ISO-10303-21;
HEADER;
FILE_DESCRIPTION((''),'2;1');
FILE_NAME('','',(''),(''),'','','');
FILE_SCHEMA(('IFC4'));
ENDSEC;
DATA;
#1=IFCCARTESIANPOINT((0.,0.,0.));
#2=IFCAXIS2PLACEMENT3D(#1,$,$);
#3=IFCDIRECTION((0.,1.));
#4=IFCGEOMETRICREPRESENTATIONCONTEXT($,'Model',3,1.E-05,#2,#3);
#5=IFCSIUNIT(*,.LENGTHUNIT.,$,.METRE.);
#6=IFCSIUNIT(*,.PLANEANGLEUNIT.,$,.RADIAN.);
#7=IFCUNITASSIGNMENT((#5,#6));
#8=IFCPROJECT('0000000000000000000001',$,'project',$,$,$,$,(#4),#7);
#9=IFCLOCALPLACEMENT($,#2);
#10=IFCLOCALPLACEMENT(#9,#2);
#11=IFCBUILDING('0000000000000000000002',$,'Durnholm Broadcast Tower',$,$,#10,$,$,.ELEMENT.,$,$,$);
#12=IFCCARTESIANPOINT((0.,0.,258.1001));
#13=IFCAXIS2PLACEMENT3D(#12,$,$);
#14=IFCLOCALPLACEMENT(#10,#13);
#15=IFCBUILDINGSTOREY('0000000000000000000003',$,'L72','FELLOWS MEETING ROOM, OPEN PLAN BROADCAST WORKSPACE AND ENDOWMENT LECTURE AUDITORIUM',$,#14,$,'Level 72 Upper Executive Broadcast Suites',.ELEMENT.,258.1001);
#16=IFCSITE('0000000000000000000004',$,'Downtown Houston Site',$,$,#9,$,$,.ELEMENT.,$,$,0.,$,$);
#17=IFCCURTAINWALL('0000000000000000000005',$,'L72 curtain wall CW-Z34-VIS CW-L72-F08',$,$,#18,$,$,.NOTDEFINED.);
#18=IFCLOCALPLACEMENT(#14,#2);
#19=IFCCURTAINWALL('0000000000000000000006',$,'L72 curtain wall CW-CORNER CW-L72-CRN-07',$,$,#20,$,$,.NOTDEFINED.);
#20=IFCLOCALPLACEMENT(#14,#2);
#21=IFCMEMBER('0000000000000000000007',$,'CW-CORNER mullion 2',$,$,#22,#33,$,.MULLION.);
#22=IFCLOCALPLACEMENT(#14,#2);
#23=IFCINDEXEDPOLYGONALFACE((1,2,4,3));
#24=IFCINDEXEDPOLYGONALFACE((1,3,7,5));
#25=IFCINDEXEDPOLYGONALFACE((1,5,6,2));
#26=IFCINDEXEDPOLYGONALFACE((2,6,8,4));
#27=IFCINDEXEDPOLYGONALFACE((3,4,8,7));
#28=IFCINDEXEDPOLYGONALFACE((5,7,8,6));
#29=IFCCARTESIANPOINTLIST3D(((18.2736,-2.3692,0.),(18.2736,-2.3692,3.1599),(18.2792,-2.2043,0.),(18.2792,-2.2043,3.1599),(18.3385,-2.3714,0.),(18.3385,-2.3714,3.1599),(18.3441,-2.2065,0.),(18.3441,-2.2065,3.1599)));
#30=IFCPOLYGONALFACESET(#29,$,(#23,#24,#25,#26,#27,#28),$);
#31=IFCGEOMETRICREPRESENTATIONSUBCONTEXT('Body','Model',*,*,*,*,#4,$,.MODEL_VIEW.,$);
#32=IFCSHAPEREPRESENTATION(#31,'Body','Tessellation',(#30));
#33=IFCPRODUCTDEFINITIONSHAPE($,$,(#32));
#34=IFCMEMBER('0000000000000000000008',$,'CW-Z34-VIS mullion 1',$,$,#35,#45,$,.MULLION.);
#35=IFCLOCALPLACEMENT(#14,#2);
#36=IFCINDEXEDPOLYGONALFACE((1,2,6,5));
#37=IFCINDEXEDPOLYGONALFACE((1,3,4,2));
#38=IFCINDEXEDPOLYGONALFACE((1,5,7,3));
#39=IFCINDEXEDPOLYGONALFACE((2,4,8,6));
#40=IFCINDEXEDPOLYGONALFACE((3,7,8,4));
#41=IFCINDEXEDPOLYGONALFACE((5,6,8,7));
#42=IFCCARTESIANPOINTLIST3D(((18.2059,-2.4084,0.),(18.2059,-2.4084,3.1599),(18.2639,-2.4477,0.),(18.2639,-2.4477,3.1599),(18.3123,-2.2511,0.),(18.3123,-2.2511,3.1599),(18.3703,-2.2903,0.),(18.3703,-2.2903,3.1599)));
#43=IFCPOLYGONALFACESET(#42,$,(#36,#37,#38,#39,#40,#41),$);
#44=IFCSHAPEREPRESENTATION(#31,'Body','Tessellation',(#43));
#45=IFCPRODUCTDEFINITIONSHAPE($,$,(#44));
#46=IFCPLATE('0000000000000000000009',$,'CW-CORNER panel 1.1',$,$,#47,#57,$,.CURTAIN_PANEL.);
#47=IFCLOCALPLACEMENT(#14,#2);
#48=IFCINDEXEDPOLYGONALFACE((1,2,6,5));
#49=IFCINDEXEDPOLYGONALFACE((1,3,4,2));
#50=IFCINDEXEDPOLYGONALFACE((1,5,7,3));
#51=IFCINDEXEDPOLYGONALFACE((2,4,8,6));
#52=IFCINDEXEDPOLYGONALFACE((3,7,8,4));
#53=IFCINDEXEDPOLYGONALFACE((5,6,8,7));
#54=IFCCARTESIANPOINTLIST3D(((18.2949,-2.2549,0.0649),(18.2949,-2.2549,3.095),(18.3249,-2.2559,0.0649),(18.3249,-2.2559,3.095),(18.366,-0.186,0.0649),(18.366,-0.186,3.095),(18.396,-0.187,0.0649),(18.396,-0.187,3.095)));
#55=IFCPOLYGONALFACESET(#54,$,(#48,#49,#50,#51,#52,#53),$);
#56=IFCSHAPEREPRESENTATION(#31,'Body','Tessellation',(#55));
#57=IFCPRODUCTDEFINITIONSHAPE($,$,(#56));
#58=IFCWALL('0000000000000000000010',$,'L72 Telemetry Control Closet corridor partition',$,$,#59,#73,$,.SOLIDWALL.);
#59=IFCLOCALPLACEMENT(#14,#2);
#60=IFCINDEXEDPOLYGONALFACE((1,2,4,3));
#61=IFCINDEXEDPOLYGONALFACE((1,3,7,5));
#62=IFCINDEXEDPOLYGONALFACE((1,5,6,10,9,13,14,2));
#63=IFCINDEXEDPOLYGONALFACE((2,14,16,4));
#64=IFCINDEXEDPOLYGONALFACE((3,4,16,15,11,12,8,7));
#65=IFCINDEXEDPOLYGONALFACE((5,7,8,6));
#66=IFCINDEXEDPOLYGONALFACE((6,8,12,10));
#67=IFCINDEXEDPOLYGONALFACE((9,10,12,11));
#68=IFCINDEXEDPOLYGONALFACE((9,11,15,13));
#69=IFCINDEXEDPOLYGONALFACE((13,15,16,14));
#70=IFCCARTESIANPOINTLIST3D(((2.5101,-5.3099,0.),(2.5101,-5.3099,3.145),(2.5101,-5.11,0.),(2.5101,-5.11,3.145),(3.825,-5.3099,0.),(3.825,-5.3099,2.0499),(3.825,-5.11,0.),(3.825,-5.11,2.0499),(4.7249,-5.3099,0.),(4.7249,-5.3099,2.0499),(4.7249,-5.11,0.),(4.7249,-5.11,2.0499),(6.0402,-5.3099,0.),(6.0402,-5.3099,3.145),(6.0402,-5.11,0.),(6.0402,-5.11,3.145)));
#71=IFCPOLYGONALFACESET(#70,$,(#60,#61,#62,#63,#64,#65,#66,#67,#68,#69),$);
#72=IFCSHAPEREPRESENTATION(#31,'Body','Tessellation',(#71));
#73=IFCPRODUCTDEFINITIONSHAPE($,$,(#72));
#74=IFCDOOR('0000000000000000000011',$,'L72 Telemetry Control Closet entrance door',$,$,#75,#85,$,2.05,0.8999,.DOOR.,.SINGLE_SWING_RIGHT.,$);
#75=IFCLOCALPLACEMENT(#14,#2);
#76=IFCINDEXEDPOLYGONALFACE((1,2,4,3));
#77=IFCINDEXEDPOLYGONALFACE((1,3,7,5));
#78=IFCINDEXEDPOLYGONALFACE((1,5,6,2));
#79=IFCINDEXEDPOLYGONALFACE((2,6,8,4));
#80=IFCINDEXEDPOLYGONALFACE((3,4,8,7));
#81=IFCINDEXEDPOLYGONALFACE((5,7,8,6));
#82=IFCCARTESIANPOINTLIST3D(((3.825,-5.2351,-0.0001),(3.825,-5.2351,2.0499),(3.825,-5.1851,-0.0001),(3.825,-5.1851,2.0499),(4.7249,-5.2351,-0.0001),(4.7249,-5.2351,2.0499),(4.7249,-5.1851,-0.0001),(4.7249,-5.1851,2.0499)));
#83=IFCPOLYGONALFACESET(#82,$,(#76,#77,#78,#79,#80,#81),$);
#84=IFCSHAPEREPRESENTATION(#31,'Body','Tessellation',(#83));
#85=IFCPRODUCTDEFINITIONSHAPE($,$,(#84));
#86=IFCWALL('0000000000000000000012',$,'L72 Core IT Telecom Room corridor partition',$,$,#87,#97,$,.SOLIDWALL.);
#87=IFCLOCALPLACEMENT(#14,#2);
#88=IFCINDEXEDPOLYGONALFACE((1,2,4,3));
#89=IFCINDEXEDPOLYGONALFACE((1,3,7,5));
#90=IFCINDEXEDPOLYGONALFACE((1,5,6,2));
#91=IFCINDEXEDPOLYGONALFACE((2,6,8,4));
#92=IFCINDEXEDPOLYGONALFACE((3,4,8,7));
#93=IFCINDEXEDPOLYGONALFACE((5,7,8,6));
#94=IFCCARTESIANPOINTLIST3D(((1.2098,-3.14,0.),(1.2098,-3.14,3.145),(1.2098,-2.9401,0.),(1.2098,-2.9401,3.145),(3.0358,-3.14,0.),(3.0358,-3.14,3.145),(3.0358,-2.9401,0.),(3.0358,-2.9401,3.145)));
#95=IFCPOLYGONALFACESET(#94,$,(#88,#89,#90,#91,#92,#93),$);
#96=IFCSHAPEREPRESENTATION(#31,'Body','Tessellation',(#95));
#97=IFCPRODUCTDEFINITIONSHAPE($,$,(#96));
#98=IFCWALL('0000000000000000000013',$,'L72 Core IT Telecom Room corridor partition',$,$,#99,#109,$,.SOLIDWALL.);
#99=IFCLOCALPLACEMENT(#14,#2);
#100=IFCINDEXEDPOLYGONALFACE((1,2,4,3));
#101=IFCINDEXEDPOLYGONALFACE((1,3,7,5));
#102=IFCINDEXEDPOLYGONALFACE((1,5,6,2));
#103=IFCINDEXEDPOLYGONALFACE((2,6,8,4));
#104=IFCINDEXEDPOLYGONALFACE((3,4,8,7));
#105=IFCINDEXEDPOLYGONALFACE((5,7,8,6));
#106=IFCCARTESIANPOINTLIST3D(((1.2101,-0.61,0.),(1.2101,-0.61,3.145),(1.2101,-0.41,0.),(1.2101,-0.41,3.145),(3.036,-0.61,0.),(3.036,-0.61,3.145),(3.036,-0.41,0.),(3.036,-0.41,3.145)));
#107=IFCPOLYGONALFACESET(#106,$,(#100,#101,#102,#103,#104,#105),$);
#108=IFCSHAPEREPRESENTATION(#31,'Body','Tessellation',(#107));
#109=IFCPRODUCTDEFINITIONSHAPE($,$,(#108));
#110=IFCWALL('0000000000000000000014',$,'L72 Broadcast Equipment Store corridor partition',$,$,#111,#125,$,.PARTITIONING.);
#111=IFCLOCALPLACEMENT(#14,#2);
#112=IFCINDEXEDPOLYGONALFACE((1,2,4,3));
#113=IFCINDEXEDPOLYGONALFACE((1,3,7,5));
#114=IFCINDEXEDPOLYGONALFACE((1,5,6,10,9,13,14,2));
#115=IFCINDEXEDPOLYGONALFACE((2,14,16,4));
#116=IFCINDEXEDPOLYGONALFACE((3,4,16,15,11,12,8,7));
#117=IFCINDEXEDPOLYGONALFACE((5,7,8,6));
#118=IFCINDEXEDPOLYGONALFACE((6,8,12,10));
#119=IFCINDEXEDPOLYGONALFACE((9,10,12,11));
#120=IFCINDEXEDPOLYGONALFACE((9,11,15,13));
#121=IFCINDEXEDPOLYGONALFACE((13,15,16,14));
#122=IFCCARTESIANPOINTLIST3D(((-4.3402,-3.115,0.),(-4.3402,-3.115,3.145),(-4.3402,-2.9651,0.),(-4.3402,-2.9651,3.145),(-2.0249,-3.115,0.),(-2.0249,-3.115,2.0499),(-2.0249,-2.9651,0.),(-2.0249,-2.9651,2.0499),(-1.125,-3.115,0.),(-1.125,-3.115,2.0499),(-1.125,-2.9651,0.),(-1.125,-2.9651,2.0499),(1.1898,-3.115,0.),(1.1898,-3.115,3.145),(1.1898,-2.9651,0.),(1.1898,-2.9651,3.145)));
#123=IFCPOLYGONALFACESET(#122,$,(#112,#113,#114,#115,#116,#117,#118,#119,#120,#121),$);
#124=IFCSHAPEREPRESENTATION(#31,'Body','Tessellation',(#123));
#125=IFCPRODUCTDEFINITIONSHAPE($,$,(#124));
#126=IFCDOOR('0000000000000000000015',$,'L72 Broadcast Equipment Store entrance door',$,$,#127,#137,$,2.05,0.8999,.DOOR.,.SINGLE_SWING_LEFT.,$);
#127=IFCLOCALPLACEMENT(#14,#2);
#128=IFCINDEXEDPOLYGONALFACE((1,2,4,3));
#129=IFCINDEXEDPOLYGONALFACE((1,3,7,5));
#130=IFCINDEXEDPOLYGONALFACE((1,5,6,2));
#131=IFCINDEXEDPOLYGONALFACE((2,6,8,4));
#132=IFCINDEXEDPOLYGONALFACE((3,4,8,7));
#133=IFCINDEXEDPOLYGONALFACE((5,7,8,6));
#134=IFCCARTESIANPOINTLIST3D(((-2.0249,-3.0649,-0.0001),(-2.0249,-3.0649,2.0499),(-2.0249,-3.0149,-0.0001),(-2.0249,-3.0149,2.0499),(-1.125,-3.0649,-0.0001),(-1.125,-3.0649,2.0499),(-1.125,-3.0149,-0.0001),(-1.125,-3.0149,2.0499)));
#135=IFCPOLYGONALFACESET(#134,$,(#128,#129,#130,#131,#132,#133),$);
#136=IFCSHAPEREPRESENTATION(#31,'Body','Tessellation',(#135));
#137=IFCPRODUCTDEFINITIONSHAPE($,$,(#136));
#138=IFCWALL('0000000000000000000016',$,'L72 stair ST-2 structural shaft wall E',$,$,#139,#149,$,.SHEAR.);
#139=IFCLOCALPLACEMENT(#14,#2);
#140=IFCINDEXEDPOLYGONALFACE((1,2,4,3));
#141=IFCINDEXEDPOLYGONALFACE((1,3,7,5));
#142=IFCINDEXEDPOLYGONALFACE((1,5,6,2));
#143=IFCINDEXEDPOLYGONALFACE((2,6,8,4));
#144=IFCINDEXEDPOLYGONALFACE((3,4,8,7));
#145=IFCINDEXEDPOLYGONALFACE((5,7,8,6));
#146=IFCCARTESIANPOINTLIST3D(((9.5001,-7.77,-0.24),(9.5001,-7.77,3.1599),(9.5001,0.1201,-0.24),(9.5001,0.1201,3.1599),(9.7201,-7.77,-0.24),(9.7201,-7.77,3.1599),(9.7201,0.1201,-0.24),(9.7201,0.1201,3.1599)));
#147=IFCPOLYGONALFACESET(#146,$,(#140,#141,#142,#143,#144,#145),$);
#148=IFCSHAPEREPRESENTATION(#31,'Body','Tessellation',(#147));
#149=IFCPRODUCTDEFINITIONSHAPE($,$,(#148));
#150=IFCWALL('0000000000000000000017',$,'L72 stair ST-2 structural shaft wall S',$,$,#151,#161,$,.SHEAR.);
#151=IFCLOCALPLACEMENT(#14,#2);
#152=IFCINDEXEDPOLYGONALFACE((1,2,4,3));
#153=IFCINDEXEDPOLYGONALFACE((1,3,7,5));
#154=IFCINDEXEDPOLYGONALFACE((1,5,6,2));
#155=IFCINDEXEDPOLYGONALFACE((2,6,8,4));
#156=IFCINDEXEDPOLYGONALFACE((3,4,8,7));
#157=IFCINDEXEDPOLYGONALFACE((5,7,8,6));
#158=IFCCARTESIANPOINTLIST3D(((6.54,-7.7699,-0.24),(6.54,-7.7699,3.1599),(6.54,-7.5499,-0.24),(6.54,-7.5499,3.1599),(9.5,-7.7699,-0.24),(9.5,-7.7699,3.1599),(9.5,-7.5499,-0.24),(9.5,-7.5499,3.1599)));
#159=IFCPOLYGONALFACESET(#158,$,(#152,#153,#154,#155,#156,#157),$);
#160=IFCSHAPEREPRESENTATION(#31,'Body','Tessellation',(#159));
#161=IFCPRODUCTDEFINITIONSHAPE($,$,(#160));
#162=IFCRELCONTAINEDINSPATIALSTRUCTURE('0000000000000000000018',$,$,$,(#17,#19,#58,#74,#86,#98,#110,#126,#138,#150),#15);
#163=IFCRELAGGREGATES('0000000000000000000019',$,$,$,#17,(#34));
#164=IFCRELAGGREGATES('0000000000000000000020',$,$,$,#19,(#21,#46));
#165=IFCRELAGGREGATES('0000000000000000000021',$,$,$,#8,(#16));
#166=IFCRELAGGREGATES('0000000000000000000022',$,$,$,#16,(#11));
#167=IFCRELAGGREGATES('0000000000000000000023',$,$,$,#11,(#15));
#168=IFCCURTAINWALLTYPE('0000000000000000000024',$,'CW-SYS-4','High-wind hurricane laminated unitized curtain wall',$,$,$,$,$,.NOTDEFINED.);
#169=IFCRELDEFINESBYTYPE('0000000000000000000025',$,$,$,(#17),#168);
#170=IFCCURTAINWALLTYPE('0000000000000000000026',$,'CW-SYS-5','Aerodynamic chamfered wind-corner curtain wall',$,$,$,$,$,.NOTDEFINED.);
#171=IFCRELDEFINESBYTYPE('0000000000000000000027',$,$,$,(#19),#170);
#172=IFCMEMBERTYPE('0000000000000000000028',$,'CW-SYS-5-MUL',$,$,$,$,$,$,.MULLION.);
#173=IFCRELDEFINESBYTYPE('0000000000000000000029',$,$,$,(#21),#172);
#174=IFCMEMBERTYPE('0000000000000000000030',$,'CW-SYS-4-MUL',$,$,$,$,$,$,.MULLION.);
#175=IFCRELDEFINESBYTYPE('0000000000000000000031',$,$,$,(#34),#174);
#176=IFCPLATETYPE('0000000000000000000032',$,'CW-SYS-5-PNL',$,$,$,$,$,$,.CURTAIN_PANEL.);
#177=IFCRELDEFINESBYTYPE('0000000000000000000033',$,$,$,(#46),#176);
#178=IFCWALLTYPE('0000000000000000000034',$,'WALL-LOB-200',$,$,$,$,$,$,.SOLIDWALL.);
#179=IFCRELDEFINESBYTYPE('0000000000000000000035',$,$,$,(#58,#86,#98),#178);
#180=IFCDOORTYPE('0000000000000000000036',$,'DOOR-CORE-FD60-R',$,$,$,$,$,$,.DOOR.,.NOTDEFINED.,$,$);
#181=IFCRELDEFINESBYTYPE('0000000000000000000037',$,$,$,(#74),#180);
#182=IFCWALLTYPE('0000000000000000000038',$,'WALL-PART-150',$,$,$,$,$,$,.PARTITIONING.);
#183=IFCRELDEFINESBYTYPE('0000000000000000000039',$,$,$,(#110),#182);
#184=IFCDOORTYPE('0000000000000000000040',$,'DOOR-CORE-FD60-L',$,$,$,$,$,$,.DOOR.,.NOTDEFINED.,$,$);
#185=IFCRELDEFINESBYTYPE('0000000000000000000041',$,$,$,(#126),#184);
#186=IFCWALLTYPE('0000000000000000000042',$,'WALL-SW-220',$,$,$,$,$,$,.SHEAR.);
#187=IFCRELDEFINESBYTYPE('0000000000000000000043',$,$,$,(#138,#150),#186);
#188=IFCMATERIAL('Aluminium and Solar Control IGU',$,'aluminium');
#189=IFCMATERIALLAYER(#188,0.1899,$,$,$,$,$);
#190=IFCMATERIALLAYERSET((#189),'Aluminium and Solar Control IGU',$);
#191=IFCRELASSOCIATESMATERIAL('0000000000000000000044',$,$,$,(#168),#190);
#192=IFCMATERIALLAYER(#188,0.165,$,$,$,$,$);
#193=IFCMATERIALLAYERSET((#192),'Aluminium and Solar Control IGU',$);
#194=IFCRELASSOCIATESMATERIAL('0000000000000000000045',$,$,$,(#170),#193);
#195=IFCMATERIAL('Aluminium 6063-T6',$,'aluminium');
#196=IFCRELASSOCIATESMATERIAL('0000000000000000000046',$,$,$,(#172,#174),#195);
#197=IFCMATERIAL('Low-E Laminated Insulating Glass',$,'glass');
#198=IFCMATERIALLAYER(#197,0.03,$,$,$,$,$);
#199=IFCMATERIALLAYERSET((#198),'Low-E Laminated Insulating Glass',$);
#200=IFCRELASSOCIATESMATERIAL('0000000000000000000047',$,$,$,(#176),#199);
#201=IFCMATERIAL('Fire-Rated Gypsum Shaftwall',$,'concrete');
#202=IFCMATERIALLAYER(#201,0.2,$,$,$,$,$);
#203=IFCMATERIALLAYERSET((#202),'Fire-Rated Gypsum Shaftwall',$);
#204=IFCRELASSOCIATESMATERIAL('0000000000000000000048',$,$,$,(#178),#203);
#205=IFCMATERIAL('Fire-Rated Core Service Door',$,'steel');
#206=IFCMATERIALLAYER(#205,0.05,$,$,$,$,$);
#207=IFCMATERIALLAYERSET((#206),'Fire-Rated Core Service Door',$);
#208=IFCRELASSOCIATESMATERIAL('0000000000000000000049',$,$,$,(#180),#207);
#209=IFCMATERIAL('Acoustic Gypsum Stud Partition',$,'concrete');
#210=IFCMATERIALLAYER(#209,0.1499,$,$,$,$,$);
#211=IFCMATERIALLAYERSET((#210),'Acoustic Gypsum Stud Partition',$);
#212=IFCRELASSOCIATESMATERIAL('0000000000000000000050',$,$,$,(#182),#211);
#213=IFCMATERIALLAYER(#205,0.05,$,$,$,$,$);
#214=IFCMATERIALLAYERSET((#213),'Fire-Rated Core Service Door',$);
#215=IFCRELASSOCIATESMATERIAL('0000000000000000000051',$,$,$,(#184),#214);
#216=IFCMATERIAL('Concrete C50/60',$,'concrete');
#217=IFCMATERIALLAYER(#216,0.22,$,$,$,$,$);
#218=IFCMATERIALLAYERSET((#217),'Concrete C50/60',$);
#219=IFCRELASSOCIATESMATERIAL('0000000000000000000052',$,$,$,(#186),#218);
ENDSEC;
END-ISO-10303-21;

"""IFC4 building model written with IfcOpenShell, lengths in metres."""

from ifc_helpers import new_model, si_unit, direction, frame, frame_2d, origin, origin_2d, place, context, subcontext, project, spatial, rectangle, extrude, source, transform, mapped, material, layer, layer_set, material_profile, profile_set, type_object, type_shapes, element, fill, aggregate, save


model = new_model("IFC4")

# Units and contexts
model_context = context("Model", 3, precision=1e-05, world=origin(), true_north=direction((0.0, 1.0)))
body_context = subcontext(model_context, "Body", "Model", "MODEL_VIEW")
ifc_project = project(units=[si_unit("LENGTHUNIT", "METRE"), si_unit("PLANEANGLEUNIT", "RADIAN")], contexts=[model_context])

# Site, building, storey
site_placement = place(None, origin())
site = spatial("IfcSite", under=ifc_project, at=site_placement, Name="Downtown Houston Site", CompositionType="ELEMENT", RefElevation=0.0)
building_placement = place(site_placement, origin())
building = spatial("IfcBuilding", under=site, at=building_placement, Name="Durnholm Broadcast Tower", CompositionType="ELEMENT")
storey_placement = place(building_placement, frame((0.0, 0.0, 258.1001)))
storey = spatial("IfcBuildingStorey", under=building, at=storey_placement, Name="L72", Description="FELLOWS MEETING ROOM, OPEN PLAN BROADCAST WORKSPACE AND ENDOWMENT LECTURE AUDITORIUM", LongName="Level 72 Upper Executive Broadcast Suites", CompositionType="ELEMENT", Elevation=258.1001)

# Curtain wall
ifc_material_1 = material(Name="Aluminium and Solar Control IGU", Category="aluminium")
ifc_layer_1 = layer(ifc_material_1, 0.1899)
ifc_layer_set_1 = layer_set([ifc_layer_1], Name="Aluminium and Solar Control IGU")
curtain_wall_type_1 = type_object("IfcCurtainWallType", Name="CW-SYS-4", Description="High-wind hurricane laminated unitized curtain wall", PredefinedType="NOTDEFINED", material=ifc_layer_set_1)
curtain_wall_1_placement = place(storey_placement, origin())
curtain_wall_1 = element("IfcCurtainWall", 1, at=curtain_wall_1_placement, inside=storey, type_object=curtain_wall_type_1, Name="L72 curtain wall CW-Z34-VIS CW-L72-F08", PredefinedType="NOTDEFINED")
ifc_material_2 = material(Name="Aluminium 6063-T6", Category="aluminium")

# Curtain wall, member
ifc_layer_2 = layer(ifc_material_1, 0.165)
ifc_layer_set_2 = layer_set([ifc_layer_2], Name="Aluminium and Solar Control IGU")
curtain_wall_type_2 = type_object("IfcCurtainWallType", Name="CW-SYS-5", Description="Aerodynamic chamfered wind-corner curtain wall", PredefinedType="NOTDEFINED", material=ifc_layer_set_2)
curtain_wall_2_placement = place(storey_placement, origin())
curtain_wall_2 = element("IfcCurtainWall", 2, at=curtain_wall_2_placement, inside=storey, type_object=curtain_wall_type_2, Name="L72 curtain wall CW-CORNER CW-L72-CRN-07", PredefinedType="NOTDEFINED")
ifc_material_profile_1 = material_profile(ifc_material_2, rectangle(XDim=0.0649, YDim=0.165, at=origin_2d()), Name="CWM65X165")
ifc_profile_set_1 = profile_set([ifc_material_profile_1], Name="Aluminium 6063-T6")
member_type_1 = type_object("IfcMemberType", Name="CW-SYS-5-MUL", PredefinedType="MULLION", material=ifc_profile_set_1)
shared_shape_1 = source(origin(), body_context, "Body", "SweptSolid", [
    extrude(rectangle(XDim=0.0649, YDim=0.165, at=origin_2d()), origin(), (0.0, 0.0, 1.0), 3.1599),
])
type_shapes(member_type_1, [shared_shape_1])
member_1_placement = place(storey_placement, frame((18.3088, -2.2878, 0.0), z_axis=(0.0, 0.0, 1.0), x_axis=(0.999411, -0.034318, 0.0)))
member_1 = element("IfcMember", 3, at=member_1_placement, type_object=member_type_1, Name="CW-CORNER mullion 2", PredefinedType="MULLION", context=body_context, shape_type="MappedRepresentation", body=[
    mapped(shared_shape_1, transform((0.0, 0.0, 0.0), x_axis=(1.0, 0.0, 0.0), y_axis=(0.0, 1.0, 0.0), z_axis=(0.0, 0.0, 1.0), scale=1.0)),
])

# Member
ifc_material_profile_2 = material_profile(ifc_material_2, rectangle(XDim=0.0701, YDim=0.1899, at=origin_2d()), Name="CWM70X190")
ifc_profile_set_2 = profile_set([ifc_material_profile_2], Name="Aluminium 6063-T6")
member_type_2 = type_object("IfcMemberType", Name="CW-SYS-4-MUL", PredefinedType="MULLION", material=ifc_profile_set_2)
shared_shape_2 = source(origin(), body_context, "Body", "SweptSolid", [
    extrude(rectangle(XDim=0.0701, YDim=0.1899, at=origin_2d()), origin(), (0.0, 0.0, 1.0), 3.1599),
])
type_shapes(member_type_2, [shared_shape_2])
member_2_placement = place(storey_placement, frame((18.2881, -2.3494, 0.0), z_axis=(0.0, 0.0, 1.0), x_axis=(0.828443, -0.560073, 0.0)))
member_2 = element("IfcMember", 4, at=member_2_placement, type_object=member_type_2, Name="CW-Z34-VIS mullion 1", PredefinedType="MULLION", context=body_context, shape_type="MappedRepresentation", body=[
    mapped(shared_shape_2, transform((0.0, 0.0, 0.0), x_axis=(1.0, 0.0, 0.0), y_axis=(0.0, 1.0, 0.0), z_axis=(0.0, 0.0, 1.0), scale=1.0)),
])
aggregate(curtain_wall_1, [member_2])

# Plate
ifc_material_3 = material(Name="Low-E Laminated Insulating Glass", Category="glass")
ifc_layer_3 = layer(ifc_material_3, 0.03)
ifc_layer_set_3 = layer_set([ifc_layer_3], Name="Low-E Laminated Insulating Glass")
plate_type = type_object("IfcPlateType", Name="CW-SYS-5-PNL", PredefinedType="CURTAIN_PANEL", material=ifc_layer_set_3)
shared_shape_3 = source(origin(), body_context, "Body", "SweptSolid", [
    extrude(rectangle(XDim=2.0701, YDim=0.03, at=origin_2d()), origin(), (0.0, 0.0, 1.0), 3.03),
])
type_shapes(plate_type, [shared_shape_3])
plate_placement = place(storey_placement, frame((18.3455, -1.2209, 0.0649), z_axis=(0.0, 0.0, 1.0), x_axis=(-0.034318, -0.999411, 0.0)))
plate = element("IfcPlate", 5, at=plate_placement, type_object=plate_type, Name="CW-CORNER panel 1.1", PredefinedType="CURTAIN_PANEL", context=body_context, shape_type="MappedRepresentation", body=[
    mapped(shared_shape_3, transform((0.0, 0.0, 0.0), x_axis=(1.0, 0.0, 0.0), y_axis=(0.0, 1.0, 0.0), z_axis=(0.0, 0.0, 1.0), scale=1.0)),
])
aggregate(curtain_wall_2, [member_1, plate])

# Wall, opening, door
ifc_material_4 = material(Name="Fire-Rated Gypsum Shaftwall", Category="concrete")
ifc_layer_4 = layer(ifc_material_4, 0.2)
ifc_layer_set_4 = layer_set([ifc_layer_4], Name="Fire-Rated Gypsum Shaftwall")
wall_type_1 = type_object("IfcWallType", Name="WALL-LOB-200", PredefinedType="SOLIDWALL", material=ifc_layer_set_4)
wall_1_placement = place(storey_placement, frame((2.51, -5.21, 0.0), z_axis=(0.0, 0.0, 1.0), x_axis=(1.0, 0.0, 0.0)))
wall_1 = element("IfcWall", 6, at=wall_1_placement, inside=storey, type_object=wall_type_1, Name="L72 Telemetry Control Closet corridor partition", PredefinedType="SOLIDWALL", context=body_context, shape_type="SweptSolid", body=[
    extrude(rectangle(XDim=3.53, YDim=0.2, at=frame_2d((1.7651, 0.0))), origin(), (0.0, 0.0, 1.0), 3.145),
])
opening_1_placement = place(wall_1_placement, frame((1.3149, 0.0, 0.0)))
opening_1 = element("IfcOpeningElement", 7, at=opening_1_placement, cuts=wall_1, PredefinedType="OPENING", context=body_context, shape_type="SweptSolid", body=[
    extrude(rectangle(XDim=0.8999, YDim=2.05, at=frame_2d((0.45, 1.0249))), frame((0.0, 0.1099, 0.0), z_axis=(0.0, -1.0, 0.0), x_axis=(1.0, 0.0, 0.0)), (0.0, 0.0, 1.0), 0.22),
])
ifc_material_5 = material(Name="Fire-Rated Core Service Door", Category="steel")
ifc_layer_5 = layer(ifc_material_5, 0.05)
ifc_layer_set_5 = layer_set([ifc_layer_5], Name="Fire-Rated Core Service Door")
door_type_1 = type_object("IfcDoorType", Name="DOOR-CORE-FD60-R", OperationType="NOTDEFINED", PredefinedType="DOOR", material=ifc_layer_set_5)
shared_shape_4 = source(origin(), body_context, "Body", "SweptSolid", [
    extrude(rectangle(XDim=0.8999, YDim=2.05, at=frame_2d((0.45, 1.0249))), frame((0.0, 0.0249, 0.0), z_axis=(0.0, -1.0, 0.0), x_axis=(1.0, 0.0, 0.0)), (0.0, 0.0, 1.0), 0.05),
])
type_shapes(door_type_1, [shared_shape_4])
door_1_placement = place(opening_1_placement, origin())
door_1 = element("IfcDoor", 8, at=door_1_placement, inside=storey, type_object=door_type_1, Name="L72 Telemetry Control Closet entrance door", OperationType="SINGLE_SWING_RIGHT", OverallHeight=2.05, OverallWidth=0.8999, PredefinedType="DOOR", context=body_context, shape_type="MappedRepresentation", body=[
    mapped(shared_shape_4, transform((0.0, 0.0, 0.0), x_axis=(1.0, 0.0, 0.0), y_axis=(0.0, 1.0, 0.0), z_axis=(0.0, 0.0, 1.0), scale=1.0)),
])
fill(opening_1, door_1)

# Walls
for number, where, z_axis, x_axis, name in (
    (9, (3.0359, -3.04, 0.0), (0.0, 0.0, 1.0), (-1.0, 0.0, 0.0), "L72 Core IT Telecom Room corridor partition"),
    (10, (1.21, -0.51, 0.0), (0.0, 0.0, 1.0), (1.0, 0.0, 0.0), "L72 Core IT Telecom Room corridor partition"),
):
    element("IfcWall", number, at=place(storey_placement, frame(where, z_axis=z_axis, x_axis=x_axis)), inside=storey, type_object=wall_type_1, Name=name, PredefinedType="SOLIDWALL", context=body_context, shape_type="SweptSolid", body=[
        extrude(rectangle(XDim=1.8259, YDim=0.2, at=frame_2d((0.9131, 0.0))), origin(), (0.0, 0.0, 1.0), 3.145),
    ])

# Wall, opening, door
ifc_material_6 = material(Name="Acoustic Gypsum Stud Partition", Category="concrete")
ifc_layer_6 = layer(ifc_material_6, 0.1499)
ifc_layer_set_6 = layer_set([ifc_layer_6], Name="Acoustic Gypsum Stud Partition")
wall_type_2 = type_object("IfcWallType", Name="WALL-PART-150", PredefinedType="PARTITIONING", material=ifc_layer_set_6)
wall_2_placement = place(storey_placement, frame((1.1899, -3.04, 0.0), z_axis=(0.0, 0.0, 1.0), x_axis=(-1.0, 0.0, 0.0)))
wall_2 = element("IfcWall", 11, at=wall_2_placement, inside=storey, type_object=wall_type_2, Name="L72 Broadcast Equipment Store corridor partition", PredefinedType="PARTITIONING", context=body_context, shape_type="SweptSolid", body=[
    extrude(rectangle(XDim=5.53, YDim=0.1499, at=frame_2d((2.7651, 0.0))), origin(), (0.0, 0.0, 1.0), 3.145),
])
opening_2_placement = place(wall_2_placement, frame((2.3149, 0.0, 0.0)))
opening_2 = element("IfcOpeningElement", 12, at=opening_2_placement, cuts=wall_2, PredefinedType="OPENING", context=body_context, shape_type="SweptSolid", body=[
    extrude(rectangle(XDim=0.8999, YDim=2.05, at=frame_2d((0.45, 1.0249))), frame((0.0, 0.085, 0.0), z_axis=(0.0, -1.0, 0.0), x_axis=(1.0, 0.0, 0.0)), (0.0, 0.0, 1.0), 0.1699),
])
ifc_layer_7 = layer(ifc_material_5, 0.05)
ifc_layer_set_7 = layer_set([ifc_layer_7], Name="Fire-Rated Core Service Door")
door_type_2 = type_object("IfcDoorType", Name="DOOR-CORE-FD60-L", OperationType="NOTDEFINED", PredefinedType="DOOR", material=ifc_layer_set_7)
shared_shape_5 = source(origin(), body_context, "Body", "SweptSolid", [
    extrude(rectangle(XDim=0.8999, YDim=2.05, at=frame_2d((0.45, 1.0249))), frame((0.0, 0.0249, 0.0), z_axis=(0.0, -1.0, 0.0), x_axis=(1.0, 0.0, 0.0)), (0.0, 0.0, 1.0), 0.05),
])
type_shapes(door_type_2, [shared_shape_5])
door_2_placement = place(opening_2_placement, origin())
door_2 = element("IfcDoor", 13, at=door_2_placement, inside=storey, type_object=door_type_2, Name="L72 Broadcast Equipment Store entrance door", OperationType="SINGLE_SWING_LEFT", OverallHeight=2.05, OverallWidth=0.8999, PredefinedType="DOOR", context=body_context, shape_type="MappedRepresentation", body=[
    mapped(shared_shape_5, transform((0.0, 0.0, 0.0), x_axis=(1.0, 0.0, 0.0), y_axis=(0.0, 1.0, 0.0), z_axis=(0.0, 0.0, 1.0), scale=1.0)),
])
fill(opening_2, door_2)

# Walls
ifc_material_7 = material(Name="Concrete C50/60", Category="concrete")
ifc_layer_8 = layer(ifc_material_7, 0.22)
ifc_layer_set_8 = layer_set([ifc_layer_8], Name="Concrete C50/60")
wall_type_3 = type_object("IfcWallType", Name="WALL-SW-220", PredefinedType="SHEAR", material=ifc_layer_set_8)
wall_3_placement = place(storey_placement, frame((9.6101, -7.77, -0.24), z_axis=(0.0, 0.0, 1.0), x_axis=(0.0, 1.0, 0.0)))
element("IfcWall", 14, at=wall_3_placement, inside=storey, type_object=wall_type_3, Name="L72 stair ST-2 structural shaft wall E", PredefinedType="SHEAR", context=body_context, shape_type="SweptSolid", body=[
    extrude(rectangle(XDim=7.8901, YDim=0.22, at=frame_2d((3.9451, 0.0))), origin(), (0.0, 0.0, 1.0), 3.3999),
])
wall_4_placement = place(storey_placement, frame((6.54, -7.6599, -0.24), z_axis=(0.0, 0.0, 1.0), x_axis=(1.0, 0.0, 0.0)))
element("IfcWall", 15, at=wall_4_placement, inside=storey, type_object=wall_type_3, Name="L72 stair ST-2 structural shaft wall S", PredefinedType="SHEAR", context=body_context, shape_type="SweptSolid", body=[
    extrude(rectangle(XDim=2.96, YDim=0.22, at=frame_2d((1.48, 0.0))), origin(), (0.0, 0.0, 1.0), 3.3999),
])

save(model, "model.ifc")
